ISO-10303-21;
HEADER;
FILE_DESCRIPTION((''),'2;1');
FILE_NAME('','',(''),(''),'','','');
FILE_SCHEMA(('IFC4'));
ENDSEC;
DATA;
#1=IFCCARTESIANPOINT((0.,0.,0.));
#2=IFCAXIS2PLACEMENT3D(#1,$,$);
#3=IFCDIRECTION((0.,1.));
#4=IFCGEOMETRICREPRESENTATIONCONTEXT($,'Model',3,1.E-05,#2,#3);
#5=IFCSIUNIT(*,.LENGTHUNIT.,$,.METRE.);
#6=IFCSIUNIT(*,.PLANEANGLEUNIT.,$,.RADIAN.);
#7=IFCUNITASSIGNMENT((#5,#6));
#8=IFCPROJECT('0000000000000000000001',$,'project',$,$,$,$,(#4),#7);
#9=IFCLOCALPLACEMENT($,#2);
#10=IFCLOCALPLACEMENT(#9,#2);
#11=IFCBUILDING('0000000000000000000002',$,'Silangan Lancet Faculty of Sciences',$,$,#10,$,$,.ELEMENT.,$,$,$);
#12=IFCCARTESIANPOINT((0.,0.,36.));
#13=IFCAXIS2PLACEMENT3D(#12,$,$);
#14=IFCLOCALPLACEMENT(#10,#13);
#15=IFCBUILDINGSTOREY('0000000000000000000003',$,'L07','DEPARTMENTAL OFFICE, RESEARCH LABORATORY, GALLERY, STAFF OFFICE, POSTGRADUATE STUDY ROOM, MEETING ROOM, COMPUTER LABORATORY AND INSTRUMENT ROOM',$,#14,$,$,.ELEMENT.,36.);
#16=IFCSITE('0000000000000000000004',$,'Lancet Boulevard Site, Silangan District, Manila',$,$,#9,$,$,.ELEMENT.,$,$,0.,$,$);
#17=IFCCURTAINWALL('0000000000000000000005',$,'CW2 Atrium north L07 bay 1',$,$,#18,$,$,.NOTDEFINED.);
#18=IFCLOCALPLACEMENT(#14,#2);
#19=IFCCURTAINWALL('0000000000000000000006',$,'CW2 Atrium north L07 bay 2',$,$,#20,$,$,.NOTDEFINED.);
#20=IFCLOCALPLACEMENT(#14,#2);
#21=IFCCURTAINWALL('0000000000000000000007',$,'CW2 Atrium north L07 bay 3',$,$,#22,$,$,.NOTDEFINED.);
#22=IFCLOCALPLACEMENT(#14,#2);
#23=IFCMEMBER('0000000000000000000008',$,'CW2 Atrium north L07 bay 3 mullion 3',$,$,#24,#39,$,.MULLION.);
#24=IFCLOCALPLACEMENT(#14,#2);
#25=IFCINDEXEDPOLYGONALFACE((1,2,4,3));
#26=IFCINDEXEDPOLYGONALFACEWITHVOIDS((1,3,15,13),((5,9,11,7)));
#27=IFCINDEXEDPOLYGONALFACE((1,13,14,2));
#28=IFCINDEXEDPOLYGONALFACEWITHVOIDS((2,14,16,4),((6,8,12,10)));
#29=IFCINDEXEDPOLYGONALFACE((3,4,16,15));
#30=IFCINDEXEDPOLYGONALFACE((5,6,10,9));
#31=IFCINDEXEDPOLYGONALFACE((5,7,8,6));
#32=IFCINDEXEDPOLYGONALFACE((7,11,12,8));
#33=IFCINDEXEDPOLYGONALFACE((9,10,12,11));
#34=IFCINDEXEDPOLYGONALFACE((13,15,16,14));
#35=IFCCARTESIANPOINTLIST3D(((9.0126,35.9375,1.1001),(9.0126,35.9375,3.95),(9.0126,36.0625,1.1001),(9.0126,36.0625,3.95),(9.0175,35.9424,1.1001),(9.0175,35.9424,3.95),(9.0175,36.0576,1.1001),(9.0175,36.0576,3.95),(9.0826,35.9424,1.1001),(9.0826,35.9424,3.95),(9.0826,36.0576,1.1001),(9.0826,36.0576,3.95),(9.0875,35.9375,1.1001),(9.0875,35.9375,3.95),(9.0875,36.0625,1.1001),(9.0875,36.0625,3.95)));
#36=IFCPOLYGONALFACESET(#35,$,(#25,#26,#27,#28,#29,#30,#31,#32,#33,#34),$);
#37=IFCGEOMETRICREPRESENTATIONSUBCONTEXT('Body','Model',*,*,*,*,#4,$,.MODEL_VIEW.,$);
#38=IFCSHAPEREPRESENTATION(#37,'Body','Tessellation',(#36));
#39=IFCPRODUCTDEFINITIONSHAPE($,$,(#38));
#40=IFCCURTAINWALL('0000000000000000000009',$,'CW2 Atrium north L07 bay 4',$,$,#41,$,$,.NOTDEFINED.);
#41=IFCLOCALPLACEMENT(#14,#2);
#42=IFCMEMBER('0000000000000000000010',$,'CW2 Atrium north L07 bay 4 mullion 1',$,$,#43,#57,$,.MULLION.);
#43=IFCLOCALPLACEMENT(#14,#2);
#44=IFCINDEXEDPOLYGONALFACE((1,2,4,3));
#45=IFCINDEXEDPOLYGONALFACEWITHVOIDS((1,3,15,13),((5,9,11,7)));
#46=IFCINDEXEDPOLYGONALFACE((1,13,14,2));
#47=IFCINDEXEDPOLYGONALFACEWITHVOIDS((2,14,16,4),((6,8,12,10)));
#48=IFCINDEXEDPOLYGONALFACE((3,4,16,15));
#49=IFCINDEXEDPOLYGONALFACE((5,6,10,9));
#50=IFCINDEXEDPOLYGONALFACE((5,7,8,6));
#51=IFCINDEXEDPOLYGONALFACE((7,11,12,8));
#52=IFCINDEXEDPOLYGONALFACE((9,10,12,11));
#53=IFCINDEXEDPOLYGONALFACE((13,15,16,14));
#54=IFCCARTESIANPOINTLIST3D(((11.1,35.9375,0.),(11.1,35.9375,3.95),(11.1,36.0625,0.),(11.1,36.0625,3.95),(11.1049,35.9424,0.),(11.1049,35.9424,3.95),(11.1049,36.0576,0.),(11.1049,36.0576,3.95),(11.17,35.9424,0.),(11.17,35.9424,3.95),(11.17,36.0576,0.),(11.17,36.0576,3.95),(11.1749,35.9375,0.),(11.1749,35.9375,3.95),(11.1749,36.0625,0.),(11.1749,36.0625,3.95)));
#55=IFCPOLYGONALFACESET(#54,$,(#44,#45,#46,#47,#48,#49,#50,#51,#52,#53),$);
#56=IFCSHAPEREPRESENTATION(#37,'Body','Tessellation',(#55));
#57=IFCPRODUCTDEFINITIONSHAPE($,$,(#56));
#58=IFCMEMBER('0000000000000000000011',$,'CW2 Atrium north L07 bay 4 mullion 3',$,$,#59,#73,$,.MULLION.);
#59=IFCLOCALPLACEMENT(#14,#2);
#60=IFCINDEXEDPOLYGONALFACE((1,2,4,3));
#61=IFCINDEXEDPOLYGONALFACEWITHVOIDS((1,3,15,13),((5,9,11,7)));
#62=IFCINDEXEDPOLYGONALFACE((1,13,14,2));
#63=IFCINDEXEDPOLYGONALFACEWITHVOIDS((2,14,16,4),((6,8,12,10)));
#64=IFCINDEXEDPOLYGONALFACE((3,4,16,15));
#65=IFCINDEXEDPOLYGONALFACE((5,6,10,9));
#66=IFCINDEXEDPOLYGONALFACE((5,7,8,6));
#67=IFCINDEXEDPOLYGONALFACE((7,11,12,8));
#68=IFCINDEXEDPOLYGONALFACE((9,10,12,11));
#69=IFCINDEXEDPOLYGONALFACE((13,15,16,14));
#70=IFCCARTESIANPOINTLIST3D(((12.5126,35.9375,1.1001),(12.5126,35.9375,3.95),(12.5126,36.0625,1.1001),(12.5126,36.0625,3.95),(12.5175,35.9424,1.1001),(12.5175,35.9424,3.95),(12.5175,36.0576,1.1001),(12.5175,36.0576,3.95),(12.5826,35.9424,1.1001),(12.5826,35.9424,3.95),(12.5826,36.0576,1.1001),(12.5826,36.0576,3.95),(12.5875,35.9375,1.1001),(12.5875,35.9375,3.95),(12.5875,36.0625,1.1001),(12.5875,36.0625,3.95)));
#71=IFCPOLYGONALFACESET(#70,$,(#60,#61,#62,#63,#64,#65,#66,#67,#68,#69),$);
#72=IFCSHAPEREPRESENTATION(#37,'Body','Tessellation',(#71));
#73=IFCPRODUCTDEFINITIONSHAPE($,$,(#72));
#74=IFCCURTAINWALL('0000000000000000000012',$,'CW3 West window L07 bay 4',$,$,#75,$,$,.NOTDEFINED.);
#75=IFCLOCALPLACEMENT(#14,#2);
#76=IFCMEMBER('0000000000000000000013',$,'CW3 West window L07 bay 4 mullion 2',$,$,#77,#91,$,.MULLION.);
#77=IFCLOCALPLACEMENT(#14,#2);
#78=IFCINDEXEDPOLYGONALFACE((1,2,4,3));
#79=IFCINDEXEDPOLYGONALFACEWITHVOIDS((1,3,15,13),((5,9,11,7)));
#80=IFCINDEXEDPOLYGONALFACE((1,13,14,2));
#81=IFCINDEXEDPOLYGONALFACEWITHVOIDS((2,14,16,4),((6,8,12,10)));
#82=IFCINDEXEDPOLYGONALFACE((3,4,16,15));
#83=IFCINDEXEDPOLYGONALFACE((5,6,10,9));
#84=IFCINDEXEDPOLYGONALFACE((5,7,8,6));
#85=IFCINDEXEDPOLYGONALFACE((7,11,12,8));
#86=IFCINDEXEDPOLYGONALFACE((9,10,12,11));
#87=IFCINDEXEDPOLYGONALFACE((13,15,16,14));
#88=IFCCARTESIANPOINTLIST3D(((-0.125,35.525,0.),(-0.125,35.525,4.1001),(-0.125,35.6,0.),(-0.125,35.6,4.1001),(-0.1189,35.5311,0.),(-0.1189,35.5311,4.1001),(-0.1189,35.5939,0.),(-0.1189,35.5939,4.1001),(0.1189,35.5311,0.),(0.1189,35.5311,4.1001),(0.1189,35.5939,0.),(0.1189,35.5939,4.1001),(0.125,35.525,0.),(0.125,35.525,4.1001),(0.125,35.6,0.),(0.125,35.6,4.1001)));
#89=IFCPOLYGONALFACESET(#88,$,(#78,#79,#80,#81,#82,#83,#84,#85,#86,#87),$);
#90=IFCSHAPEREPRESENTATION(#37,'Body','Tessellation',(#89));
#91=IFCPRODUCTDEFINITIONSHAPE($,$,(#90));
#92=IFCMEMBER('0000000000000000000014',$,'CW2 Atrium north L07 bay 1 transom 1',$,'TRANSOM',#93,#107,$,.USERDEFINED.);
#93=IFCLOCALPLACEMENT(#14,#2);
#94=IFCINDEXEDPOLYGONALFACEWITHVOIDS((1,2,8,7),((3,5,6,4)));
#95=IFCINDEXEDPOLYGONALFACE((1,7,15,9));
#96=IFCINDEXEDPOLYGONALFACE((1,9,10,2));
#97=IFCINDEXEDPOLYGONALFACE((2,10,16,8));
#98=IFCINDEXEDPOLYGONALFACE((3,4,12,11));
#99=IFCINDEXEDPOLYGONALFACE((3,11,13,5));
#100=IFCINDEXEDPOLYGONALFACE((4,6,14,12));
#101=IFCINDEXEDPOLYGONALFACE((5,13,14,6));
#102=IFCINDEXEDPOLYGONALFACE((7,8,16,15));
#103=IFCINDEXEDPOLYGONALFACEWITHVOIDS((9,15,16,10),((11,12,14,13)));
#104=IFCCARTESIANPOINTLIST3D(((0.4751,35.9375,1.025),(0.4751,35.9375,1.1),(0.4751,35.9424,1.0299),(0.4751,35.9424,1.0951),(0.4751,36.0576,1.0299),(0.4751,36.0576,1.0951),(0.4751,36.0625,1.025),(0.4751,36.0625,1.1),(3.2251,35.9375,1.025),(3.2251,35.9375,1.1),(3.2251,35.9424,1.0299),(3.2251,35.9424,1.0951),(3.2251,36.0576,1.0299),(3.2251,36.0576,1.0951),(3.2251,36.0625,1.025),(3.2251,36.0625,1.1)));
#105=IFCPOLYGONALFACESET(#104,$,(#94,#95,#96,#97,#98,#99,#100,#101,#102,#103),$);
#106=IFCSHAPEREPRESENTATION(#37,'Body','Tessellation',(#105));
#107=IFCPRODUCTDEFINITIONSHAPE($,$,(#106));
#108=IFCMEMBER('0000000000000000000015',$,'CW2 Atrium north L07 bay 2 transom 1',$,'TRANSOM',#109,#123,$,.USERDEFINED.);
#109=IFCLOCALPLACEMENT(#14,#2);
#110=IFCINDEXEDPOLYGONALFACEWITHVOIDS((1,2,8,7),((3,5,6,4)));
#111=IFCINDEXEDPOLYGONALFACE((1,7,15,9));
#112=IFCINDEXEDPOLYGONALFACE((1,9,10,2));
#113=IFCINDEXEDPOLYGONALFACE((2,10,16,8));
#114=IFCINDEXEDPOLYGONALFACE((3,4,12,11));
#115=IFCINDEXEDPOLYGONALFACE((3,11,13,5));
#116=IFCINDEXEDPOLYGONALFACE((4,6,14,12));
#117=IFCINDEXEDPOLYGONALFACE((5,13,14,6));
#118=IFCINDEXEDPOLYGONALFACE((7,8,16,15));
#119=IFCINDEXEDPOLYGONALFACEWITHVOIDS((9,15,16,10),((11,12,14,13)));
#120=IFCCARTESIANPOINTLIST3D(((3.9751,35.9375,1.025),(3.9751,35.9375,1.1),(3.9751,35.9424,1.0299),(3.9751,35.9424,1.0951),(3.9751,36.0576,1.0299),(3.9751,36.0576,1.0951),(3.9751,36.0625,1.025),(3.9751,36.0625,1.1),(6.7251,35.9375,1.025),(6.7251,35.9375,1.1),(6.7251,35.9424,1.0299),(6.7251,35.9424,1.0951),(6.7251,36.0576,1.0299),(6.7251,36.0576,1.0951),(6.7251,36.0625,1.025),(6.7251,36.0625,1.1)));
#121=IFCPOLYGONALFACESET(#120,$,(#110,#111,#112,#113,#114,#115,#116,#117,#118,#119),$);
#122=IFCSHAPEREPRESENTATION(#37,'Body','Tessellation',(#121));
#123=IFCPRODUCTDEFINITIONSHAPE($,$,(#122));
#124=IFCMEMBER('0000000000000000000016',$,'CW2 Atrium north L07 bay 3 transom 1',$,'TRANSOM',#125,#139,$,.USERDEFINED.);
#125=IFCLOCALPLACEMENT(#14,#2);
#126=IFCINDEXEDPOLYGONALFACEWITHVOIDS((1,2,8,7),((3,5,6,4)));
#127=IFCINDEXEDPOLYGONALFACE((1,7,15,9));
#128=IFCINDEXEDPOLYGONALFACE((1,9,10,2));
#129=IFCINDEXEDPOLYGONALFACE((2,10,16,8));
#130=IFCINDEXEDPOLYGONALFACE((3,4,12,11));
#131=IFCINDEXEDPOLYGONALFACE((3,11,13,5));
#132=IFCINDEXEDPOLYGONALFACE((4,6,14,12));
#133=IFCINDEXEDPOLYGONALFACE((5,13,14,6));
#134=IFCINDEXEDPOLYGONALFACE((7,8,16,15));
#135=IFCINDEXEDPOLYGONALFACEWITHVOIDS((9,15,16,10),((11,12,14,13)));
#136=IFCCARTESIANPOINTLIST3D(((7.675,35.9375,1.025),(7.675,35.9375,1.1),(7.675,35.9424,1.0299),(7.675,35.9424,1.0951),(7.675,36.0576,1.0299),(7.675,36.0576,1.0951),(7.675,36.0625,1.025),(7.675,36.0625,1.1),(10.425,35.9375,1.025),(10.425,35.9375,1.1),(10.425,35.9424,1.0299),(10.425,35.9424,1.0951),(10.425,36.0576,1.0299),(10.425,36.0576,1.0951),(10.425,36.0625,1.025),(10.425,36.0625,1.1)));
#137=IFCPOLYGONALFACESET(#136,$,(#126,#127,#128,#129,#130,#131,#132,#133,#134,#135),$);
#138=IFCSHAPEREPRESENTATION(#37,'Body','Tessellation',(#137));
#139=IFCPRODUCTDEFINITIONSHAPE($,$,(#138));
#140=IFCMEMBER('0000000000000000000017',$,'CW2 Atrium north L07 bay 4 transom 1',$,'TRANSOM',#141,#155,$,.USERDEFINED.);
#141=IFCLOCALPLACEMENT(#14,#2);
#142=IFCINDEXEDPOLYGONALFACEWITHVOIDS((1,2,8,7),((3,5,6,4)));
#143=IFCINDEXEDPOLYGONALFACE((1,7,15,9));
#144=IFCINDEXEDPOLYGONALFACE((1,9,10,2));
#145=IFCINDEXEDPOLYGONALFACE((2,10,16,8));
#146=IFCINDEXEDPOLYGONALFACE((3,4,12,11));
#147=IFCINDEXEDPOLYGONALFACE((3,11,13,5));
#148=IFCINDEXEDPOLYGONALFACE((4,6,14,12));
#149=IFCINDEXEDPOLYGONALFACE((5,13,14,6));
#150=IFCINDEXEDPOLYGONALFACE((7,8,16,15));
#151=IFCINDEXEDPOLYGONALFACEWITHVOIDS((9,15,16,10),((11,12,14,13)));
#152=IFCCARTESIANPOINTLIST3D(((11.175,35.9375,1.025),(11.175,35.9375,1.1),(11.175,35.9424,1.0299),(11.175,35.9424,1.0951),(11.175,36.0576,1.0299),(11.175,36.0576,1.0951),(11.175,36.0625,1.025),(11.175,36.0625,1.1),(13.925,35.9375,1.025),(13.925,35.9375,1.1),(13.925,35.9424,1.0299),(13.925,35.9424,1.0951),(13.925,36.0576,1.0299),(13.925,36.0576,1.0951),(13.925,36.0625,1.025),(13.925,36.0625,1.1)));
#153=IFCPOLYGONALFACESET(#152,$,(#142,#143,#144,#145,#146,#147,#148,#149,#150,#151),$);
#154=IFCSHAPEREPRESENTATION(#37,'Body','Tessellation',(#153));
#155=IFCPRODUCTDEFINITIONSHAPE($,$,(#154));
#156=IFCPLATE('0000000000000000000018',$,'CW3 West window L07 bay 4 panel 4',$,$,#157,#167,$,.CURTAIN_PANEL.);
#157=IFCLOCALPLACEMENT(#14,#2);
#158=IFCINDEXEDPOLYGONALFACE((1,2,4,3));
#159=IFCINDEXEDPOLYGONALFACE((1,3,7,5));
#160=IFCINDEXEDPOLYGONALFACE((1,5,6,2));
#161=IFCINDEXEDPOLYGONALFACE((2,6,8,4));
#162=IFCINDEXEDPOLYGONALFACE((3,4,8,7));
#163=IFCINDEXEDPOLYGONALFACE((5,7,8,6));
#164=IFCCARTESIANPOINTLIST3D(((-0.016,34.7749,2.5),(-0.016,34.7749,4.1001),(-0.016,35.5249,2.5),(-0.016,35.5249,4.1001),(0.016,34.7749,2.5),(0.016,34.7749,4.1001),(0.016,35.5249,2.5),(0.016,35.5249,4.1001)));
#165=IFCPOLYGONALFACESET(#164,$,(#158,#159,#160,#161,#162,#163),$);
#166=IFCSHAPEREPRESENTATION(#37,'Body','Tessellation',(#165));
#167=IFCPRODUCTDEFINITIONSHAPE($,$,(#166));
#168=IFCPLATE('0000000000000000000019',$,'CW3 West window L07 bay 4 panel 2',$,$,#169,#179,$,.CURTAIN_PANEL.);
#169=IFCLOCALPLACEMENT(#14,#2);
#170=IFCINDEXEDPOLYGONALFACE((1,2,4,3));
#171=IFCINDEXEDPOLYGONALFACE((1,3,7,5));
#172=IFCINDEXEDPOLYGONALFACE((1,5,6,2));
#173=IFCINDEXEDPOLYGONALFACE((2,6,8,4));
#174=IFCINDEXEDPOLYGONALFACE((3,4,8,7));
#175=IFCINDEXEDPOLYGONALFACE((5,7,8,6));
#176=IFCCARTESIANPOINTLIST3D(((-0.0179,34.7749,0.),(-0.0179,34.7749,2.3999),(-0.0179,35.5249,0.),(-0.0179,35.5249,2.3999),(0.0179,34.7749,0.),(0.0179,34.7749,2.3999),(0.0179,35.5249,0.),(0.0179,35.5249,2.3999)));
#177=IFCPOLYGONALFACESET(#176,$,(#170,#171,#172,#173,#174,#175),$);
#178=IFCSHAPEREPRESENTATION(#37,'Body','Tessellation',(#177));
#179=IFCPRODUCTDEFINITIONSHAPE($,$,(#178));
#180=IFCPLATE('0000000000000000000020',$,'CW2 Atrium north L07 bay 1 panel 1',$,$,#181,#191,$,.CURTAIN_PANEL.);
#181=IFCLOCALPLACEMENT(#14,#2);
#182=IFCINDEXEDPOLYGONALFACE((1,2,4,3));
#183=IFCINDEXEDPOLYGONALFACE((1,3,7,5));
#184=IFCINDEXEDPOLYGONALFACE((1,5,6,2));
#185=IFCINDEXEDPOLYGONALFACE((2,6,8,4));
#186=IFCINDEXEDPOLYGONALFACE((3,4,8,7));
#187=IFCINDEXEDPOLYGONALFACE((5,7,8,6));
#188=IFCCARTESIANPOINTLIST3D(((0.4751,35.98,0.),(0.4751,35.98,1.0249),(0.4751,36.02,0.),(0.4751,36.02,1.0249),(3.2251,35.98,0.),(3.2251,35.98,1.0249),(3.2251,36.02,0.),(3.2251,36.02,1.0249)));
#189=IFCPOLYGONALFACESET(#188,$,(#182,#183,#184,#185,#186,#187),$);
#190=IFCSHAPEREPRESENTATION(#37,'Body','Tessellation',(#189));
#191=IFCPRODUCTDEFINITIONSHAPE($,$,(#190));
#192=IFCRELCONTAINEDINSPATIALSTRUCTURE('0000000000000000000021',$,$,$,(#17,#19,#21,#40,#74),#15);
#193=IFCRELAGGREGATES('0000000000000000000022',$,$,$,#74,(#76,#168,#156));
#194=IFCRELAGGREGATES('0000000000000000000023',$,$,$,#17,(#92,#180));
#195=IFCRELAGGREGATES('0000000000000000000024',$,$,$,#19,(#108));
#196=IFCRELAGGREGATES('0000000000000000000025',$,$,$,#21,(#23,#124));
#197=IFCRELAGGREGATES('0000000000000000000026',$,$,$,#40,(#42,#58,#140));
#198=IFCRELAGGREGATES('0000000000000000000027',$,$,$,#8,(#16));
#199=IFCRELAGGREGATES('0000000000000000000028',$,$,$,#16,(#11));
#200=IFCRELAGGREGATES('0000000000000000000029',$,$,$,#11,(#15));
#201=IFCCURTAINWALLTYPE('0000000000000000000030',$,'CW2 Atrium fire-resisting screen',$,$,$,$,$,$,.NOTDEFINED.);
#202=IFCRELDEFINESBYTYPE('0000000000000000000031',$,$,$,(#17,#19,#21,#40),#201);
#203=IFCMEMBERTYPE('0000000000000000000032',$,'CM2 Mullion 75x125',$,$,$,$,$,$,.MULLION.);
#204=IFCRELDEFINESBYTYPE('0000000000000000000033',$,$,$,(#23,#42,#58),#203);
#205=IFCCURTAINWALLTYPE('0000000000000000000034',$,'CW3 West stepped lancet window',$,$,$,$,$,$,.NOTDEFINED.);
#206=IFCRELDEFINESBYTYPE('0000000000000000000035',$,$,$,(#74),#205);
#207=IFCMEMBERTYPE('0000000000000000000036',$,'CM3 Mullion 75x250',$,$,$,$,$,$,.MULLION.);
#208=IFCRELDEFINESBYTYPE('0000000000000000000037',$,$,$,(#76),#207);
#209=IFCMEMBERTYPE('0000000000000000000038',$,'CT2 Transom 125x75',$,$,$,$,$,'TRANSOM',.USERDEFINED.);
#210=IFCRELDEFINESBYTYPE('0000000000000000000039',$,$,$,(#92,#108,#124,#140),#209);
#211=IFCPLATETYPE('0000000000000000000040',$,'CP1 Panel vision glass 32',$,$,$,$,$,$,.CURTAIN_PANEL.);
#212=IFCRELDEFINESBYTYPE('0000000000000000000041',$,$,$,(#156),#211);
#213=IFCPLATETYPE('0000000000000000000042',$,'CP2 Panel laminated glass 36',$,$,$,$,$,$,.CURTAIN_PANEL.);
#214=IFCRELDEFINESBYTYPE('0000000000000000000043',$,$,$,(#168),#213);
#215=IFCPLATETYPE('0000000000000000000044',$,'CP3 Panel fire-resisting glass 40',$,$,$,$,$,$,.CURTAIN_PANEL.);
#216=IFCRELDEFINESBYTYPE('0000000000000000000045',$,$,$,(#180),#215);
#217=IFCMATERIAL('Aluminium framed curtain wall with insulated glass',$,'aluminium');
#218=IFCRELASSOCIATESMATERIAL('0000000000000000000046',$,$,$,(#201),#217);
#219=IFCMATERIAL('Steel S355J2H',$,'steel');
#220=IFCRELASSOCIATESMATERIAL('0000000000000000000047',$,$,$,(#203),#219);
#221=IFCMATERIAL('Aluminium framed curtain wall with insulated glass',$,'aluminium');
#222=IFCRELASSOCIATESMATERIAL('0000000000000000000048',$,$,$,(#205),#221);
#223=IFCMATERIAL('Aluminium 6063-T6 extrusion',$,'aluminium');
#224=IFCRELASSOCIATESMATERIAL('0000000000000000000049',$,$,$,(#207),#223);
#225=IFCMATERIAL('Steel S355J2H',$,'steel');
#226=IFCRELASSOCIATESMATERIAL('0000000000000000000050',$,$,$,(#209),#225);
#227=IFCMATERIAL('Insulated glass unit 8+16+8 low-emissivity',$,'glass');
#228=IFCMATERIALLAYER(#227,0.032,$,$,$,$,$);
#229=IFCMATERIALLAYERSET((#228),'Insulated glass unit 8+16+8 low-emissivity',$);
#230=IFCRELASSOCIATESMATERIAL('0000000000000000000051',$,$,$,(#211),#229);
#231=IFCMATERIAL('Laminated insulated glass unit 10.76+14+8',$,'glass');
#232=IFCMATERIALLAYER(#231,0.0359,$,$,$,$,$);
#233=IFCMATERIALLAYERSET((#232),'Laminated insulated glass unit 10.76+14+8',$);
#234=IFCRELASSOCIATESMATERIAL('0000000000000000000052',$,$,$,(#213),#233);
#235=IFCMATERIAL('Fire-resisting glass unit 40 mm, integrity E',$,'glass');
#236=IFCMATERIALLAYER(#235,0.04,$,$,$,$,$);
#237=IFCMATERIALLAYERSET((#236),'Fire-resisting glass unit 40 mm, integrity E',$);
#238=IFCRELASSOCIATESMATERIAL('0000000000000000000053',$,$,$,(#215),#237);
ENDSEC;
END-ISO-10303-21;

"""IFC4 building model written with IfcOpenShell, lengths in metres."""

from ifc_helpers import new_model, si_unit, direction, frame, origin, origin_2d, place, context, subcontext, project, spatial, rectangle, hollow_rectangle, extrude, material, layer, layer_set, material_profile, profile_set, type_object, element, aggregate, save


model = new_model("IFC4")

# Units and contexts
model_context = context("Model", 3, precision=1e-05, world=origin(), true_north=direction((0.0, 1.0)))
body_context = subcontext(model_context, "Body", "Model", "MODEL_VIEW")
ifc_project = project(units=[si_unit("LENGTHUNIT", "METRE"), si_unit("PLANEANGLEUNIT", "RADIAN")], contexts=[model_context])

# Site, building, storey
site_placement = place(None, origin())
site = spatial("IfcSite", under=ifc_project, at=site_placement, Name="Lancet Boulevard Site, Silangan District, Manila", CompositionType="ELEMENT", RefElevation=0.0)
building_placement = place(site_placement, origin())
building = spatial("IfcBuilding", under=site, at=building_placement, Name="Silangan Lancet Faculty of Sciences", CompositionType="ELEMENT")
storey_placement = place(building_placement, frame((0.0, 0.0, 36.0)))
storey = spatial("IfcBuildingStorey", under=building, at=storey_placement, Name="L07", Description="DEPARTMENTAL OFFICE, RESEARCH LABORATORY, GALLERY, STAFF OFFICE, POSTGRADUATE STUDY ROOM, MEETING ROOM, COMPUTER LABORATORY AND INSTRUMENT ROOM", CompositionType="ELEMENT", Elevation=36.0)

# Curtain walls, members
ifc_material_1 = material(Name="Aluminium framed curtain wall with insulated glass", Category="aluminium")
curtain_wall_type_1 = type_object("IfcCurtainWallType", Name="CW2 Atrium fire-resisting screen", PredefinedType="NOTDEFINED", material=ifc_material_1)
curtain_wall_1_placement = place(storey_placement, origin())
curtain_wall_1 = element("IfcCurtainWall", 1, at=curtain_wall_1_placement, inside=storey, type_object=curtain_wall_type_1, Name="CW2 Atrium north L07 bay 1", PredefinedType="NOTDEFINED")
ifc_material_2 = material(Name="Steel S355J2H", Category="steel")
ifc_material_profile_1 = material_profile(ifc_material_2, hollow_rectangle(XDim=0.075, YDim=0.125, WallThickness=0.0049, at=origin_2d()), Name="ST BOX 75x125x5")
ifc_profile_set_1 = profile_set([ifc_material_profile_1], Name="Steel S355J2H")
member_type_1 = type_object("IfcMemberType", Name="CM2 Mullion 75x125", PredefinedType="MULLION", material=ifc_profile_set_1)
curtain_wall_2_placement = place(storey_placement, origin())
curtain_wall_2 = element("IfcCurtainWall", 2, at=curtain_wall_2_placement, inside=storey, type_object=curtain_wall_type_1, Name="CW2 Atrium north L07 bay 2", PredefinedType="NOTDEFINED")
curtain_wall_3_placement = place(storey_placement, origin())
curtain_wall_3 = element("IfcCurtainWall", 3, at=curtain_wall_3_placement, inside=storey, type_object=curtain_wall_type_1, Name="CW2 Atrium north L07 bay 3", PredefinedType="NOTDEFINED")
member_1_placement = place(storey_placement, frame((9.05, 36.0, 1.1001), z_axis=(0.0, 0.0, 1.0), x_axis=(1.0, 0.0, 0.0)))
member_1 = element("IfcMember", 4, at=member_1_placement, type_object=member_type_1, Name="CW2 Atrium north L07 bay 3 mullion 3", PredefinedType="MULLION", context=body_context, shape_type="SweptSolid", body=[
    extrude(hollow_rectangle(XDim=0.075, YDim=0.125, WallThickness=0.0049, at=origin_2d()), origin(), (0.0, 0.0, 1.0), 2.8499),
])
curtain_wall_4_placement = place(storey_placement, origin())
curtain_wall_4 = element("IfcCurtainWall", 5, at=curtain_wall_4_placement, inside=storey, type_object=curtain_wall_type_1, Name="CW2 Atrium north L07 bay 4", PredefinedType="NOTDEFINED")
member_2_placement = place(storey_placement, frame((11.1375, 36.0, 0.0), z_axis=(0.0, 0.0, 1.0), x_axis=(1.0, 0.0, 0.0)))
member_2 = element("IfcMember", 6, at=member_2_placement, type_object=member_type_1, Name="CW2 Atrium north L07 bay 4 mullion 1", PredefinedType="MULLION", context=body_context, shape_type="SweptSolid", body=[
    extrude(hollow_rectangle(XDim=0.075, YDim=0.125, WallThickness=0.0049, at=origin_2d()), origin(), (0.0, 0.0, 1.0), 3.95),
])
member_3_placement = place(storey_placement, frame((12.55, 36.0, 1.1001), z_axis=(0.0, 0.0, 1.0), x_axis=(1.0, 0.0, 0.0)))
member_3 = element("IfcMember", 7, at=member_3_placement, type_object=member_type_1, Name="CW2 Atrium north L07 bay 4 mullion 3", PredefinedType="MULLION", context=body_context, shape_type="SweptSolid", body=[
    extrude(hollow_rectangle(XDim=0.075, YDim=0.125, WallThickness=0.0049, at=origin_2d()), origin(), (0.0, 0.0, 1.0), 2.8499),
])

# Curtain wall, member
ifc_material_3 = material(Name="Aluminium framed curtain wall with insulated glass", Category="aluminium")
curtain_wall_type_2 = type_object("IfcCurtainWallType", Name="CW3 West stepped lancet window", PredefinedType="NOTDEFINED", material=ifc_material_3)
curtain_wall_5_placement = place(storey_placement, origin())
curtain_wall_5 = element("IfcCurtainWall", 8, at=curtain_wall_5_placement, inside=storey, type_object=curtain_wall_type_2, Name="CW3 West window L07 bay 4", PredefinedType="NOTDEFINED")
ifc_material_4 = material(Name="Aluminium 6063-T6 extrusion", Category="aluminium")
ifc_material_profile_2 = material_profile(ifc_material_4, hollow_rectangle(XDim=0.075, YDim=0.25, WallThickness=0.0061, at=origin_2d()), Name="AL BOX 75x250x6")
ifc_profile_set_2 = profile_set([ifc_material_profile_2], Name="Aluminium 6063-T6 extrusion")
member_type_2 = type_object("IfcMemberType", Name="CM3 Mullion 75x250", PredefinedType="MULLION", material=ifc_profile_set_2)
member_4_placement = place(storey_placement, frame((0.0, 35.5625, 0.0), z_axis=(0.0, 0.0, 1.0), x_axis=(0.0, 1.0, 0.0)))
member_4 = element("IfcMember", 9, at=member_4_placement, type_object=member_type_2, Name="CW3 West window L07 bay 4 mullion 2", PredefinedType="MULLION", context=body_context, shape_type="SweptSolid", body=[
    extrude(hollow_rectangle(XDim=0.075, YDim=0.25, WallThickness=0.0061, at=origin_2d()), origin(), (0.0, 0.0, 1.0), 4.1001),
])

# Members
ifc_material_5 = material(Name="Steel S355J2H", Category="steel")
ifc_material_profile_3 = material_profile(ifc_material_5, hollow_rectangle(XDim=0.125, YDim=0.075, WallThickness=0.0049, at=origin_2d()), Name="ST BOX 125x75x5")
ifc_profile_set_3 = profile_set([ifc_material_profile_3], Name="Steel S355J2H")
member_type_3 = type_object("IfcMemberType", Name="CT2 Transom 125x75", ElementType="TRANSOM", PredefinedType="USERDEFINED", material=ifc_profile_set_3)
member_5_placement = place(storey_placement, frame((0.4751, 36.0, 1.0625), z_axis=(1.0, 0.0, 0.0), x_axis=(0.0, 1.0, 0.0)))
member_5 = element("IfcMember", 10, at=member_5_placement, type_object=member_type_3, Name="CW2 Atrium north L07 bay 1 transom 1", ObjectType="TRANSOM", PredefinedType="USERDEFINED", context=body_context, shape_type="SweptSolid", body=[
    extrude(hollow_rectangle(XDim=0.125, YDim=0.075, WallThickness=0.0049, at=origin_2d()), origin(), (0.0, 0.0, 1.0), 2.75),
])
member_6_placement = place(storey_placement, frame((3.9751, 36.0, 1.0625), z_axis=(1.0, 0.0, 0.0), x_axis=(0.0, 1.0, 0.0)))
member_6 = element("IfcMember", 11, at=member_6_placement, type_object=member_type_3, Name="CW2 Atrium north L07 bay 2 transom 1", ObjectType="TRANSOM", PredefinedType="USERDEFINED", context=body_context, shape_type="SweptSolid", body=[
    extrude(hollow_rectangle(XDim=0.125, YDim=0.075, WallThickness=0.0049, at=origin_2d()), origin(), (0.0, 0.0, 1.0), 2.75),
])
member_7_placement = place(storey_placement, frame((7.675, 36.0, 1.0625), z_axis=(1.0, 0.0, 0.0), x_axis=(0.0, 1.0, 0.0)))
member_7 = element("IfcMember", 12, at=member_7_placement, type_object=member_type_3, Name="CW2 Atrium north L07 bay 3 transom 1", ObjectType="TRANSOM", PredefinedType="USERDEFINED", context=body_context, shape_type="SweptSolid", body=[
    extrude(hollow_rectangle(XDim=0.125, YDim=0.075, WallThickness=0.0049, at=origin_2d()), origin(), (0.0, 0.0, 1.0), 2.75),
])
member_8_placement = place(storey_placement, frame((11.175, 36.0, 1.0625), z_axis=(1.0, 0.0, 0.0), x_axis=(0.0, 1.0, 0.0)))
member_8 = element("IfcMember", 13, at=member_8_placement, type_object=member_type_3, Name="CW2 Atrium north L07 bay 4 transom 1", ObjectType="TRANSOM", PredefinedType="USERDEFINED", context=body_context, shape_type="SweptSolid", body=[
    extrude(hollow_rectangle(XDim=0.125, YDim=0.075, WallThickness=0.0049, at=origin_2d()), origin(), (0.0, 0.0, 1.0), 2.75),
])

# Plates
ifc_material_6 = material(Name="Insulated glass unit 8+16+8 low-emissivity", Category="glass")
ifc_layer_1 = layer(ifc_material_6, 0.032)
ifc_layer_set_1 = layer_set([ifc_layer_1], Name="Insulated glass unit 8+16+8 low-emissivity")
plate_type_1 = type_object("IfcPlateType", Name="CP1 Panel vision glass 32", PredefinedType="CURTAIN_PANEL", material=ifc_layer_set_1)
plate_1_placement = place(storey_placement, frame((0.0, 35.1499, 2.5), z_axis=(0.0, 0.0, 1.0), x_axis=(0.0, 1.0, 0.0)))
plate_1 = element("IfcPlate", 14, at=plate_1_placement, type_object=plate_type_1, Name="CW3 West window L07 bay 4 panel 4", PredefinedType="CURTAIN_PANEL", context=body_context, shape_type="SweptSolid", body=[
    extrude(rectangle(XDim=0.75, YDim=0.032, at=origin_2d()), origin(), (0.0, 0.0, 1.0), 1.6001),
])
ifc_material_7 = material(Name="Laminated insulated glass unit 10.76+14+8", Category="glass")
ifc_layer_2 = layer(ifc_material_7, 0.0359)
ifc_layer_set_2 = layer_set([ifc_layer_2], Name="Laminated insulated glass unit 10.76+14+8")
plate_type_2 = type_object("IfcPlateType", Name="CP2 Panel laminated glass 36", PredefinedType="CURTAIN_PANEL", material=ifc_layer_set_2)
plate_2_placement = place(storey_placement, frame((0.0, 35.1499, 0.0), z_axis=(0.0, 0.0, 1.0), x_axis=(0.0, 1.0, 0.0)))
plate_2 = element("IfcPlate", 15, at=plate_2_placement, type_object=plate_type_2, Name="CW3 West window L07 bay 4 panel 2", PredefinedType="CURTAIN_PANEL", context=body_context, shape_type="SweptSolid", body=[
    extrude(rectangle(XDim=0.75, YDim=0.0359, at=origin_2d()), origin(), (0.0, 0.0, 1.0), 2.3999),
])
aggregate(curtain_wall_5, [member_4, plate_2, plate_1])
ifc_material_8 = material(Name="Fire-resisting glass unit 40 mm, integrity E", Category="glass")
ifc_layer_3 = layer(ifc_material_8, 0.04)
ifc_layer_set_3 = layer_set([ifc_layer_3], Name="Fire-resisting glass unit 40 mm, integrity E")
plate_type_3 = type_object("IfcPlateType", Name="CP3 Panel fire-resisting glass 40", PredefinedType="CURTAIN_PANEL", material=ifc_layer_set_3)
plate_3_placement = place(storey_placement, frame((1.8501, 36.0, 0.0), z_axis=(0.0, 0.0, 1.0), x_axis=(1.0, 0.0, 0.0)))
plate_3 = element("IfcPlate", 16, at=plate_3_placement, type_object=plate_type_3, Name="CW2 Atrium north L07 bay 1 panel 1", PredefinedType="CURTAIN_PANEL", context=body_context, shape_type="SweptSolid", body=[
    extrude(rectangle(XDim=2.75, YDim=0.04, at=origin_2d()), origin(), (0.0, 0.0, 1.0), 1.0249),
])
aggregate(curtain_wall_1, [member_5, plate_3])
aggregate(curtain_wall_2, [member_6])
aggregate(curtain_wall_3, [member_1, member_7])
aggregate(curtain_wall_4, [member_2, member_3, member_8])

save(model, "model.ifc")
